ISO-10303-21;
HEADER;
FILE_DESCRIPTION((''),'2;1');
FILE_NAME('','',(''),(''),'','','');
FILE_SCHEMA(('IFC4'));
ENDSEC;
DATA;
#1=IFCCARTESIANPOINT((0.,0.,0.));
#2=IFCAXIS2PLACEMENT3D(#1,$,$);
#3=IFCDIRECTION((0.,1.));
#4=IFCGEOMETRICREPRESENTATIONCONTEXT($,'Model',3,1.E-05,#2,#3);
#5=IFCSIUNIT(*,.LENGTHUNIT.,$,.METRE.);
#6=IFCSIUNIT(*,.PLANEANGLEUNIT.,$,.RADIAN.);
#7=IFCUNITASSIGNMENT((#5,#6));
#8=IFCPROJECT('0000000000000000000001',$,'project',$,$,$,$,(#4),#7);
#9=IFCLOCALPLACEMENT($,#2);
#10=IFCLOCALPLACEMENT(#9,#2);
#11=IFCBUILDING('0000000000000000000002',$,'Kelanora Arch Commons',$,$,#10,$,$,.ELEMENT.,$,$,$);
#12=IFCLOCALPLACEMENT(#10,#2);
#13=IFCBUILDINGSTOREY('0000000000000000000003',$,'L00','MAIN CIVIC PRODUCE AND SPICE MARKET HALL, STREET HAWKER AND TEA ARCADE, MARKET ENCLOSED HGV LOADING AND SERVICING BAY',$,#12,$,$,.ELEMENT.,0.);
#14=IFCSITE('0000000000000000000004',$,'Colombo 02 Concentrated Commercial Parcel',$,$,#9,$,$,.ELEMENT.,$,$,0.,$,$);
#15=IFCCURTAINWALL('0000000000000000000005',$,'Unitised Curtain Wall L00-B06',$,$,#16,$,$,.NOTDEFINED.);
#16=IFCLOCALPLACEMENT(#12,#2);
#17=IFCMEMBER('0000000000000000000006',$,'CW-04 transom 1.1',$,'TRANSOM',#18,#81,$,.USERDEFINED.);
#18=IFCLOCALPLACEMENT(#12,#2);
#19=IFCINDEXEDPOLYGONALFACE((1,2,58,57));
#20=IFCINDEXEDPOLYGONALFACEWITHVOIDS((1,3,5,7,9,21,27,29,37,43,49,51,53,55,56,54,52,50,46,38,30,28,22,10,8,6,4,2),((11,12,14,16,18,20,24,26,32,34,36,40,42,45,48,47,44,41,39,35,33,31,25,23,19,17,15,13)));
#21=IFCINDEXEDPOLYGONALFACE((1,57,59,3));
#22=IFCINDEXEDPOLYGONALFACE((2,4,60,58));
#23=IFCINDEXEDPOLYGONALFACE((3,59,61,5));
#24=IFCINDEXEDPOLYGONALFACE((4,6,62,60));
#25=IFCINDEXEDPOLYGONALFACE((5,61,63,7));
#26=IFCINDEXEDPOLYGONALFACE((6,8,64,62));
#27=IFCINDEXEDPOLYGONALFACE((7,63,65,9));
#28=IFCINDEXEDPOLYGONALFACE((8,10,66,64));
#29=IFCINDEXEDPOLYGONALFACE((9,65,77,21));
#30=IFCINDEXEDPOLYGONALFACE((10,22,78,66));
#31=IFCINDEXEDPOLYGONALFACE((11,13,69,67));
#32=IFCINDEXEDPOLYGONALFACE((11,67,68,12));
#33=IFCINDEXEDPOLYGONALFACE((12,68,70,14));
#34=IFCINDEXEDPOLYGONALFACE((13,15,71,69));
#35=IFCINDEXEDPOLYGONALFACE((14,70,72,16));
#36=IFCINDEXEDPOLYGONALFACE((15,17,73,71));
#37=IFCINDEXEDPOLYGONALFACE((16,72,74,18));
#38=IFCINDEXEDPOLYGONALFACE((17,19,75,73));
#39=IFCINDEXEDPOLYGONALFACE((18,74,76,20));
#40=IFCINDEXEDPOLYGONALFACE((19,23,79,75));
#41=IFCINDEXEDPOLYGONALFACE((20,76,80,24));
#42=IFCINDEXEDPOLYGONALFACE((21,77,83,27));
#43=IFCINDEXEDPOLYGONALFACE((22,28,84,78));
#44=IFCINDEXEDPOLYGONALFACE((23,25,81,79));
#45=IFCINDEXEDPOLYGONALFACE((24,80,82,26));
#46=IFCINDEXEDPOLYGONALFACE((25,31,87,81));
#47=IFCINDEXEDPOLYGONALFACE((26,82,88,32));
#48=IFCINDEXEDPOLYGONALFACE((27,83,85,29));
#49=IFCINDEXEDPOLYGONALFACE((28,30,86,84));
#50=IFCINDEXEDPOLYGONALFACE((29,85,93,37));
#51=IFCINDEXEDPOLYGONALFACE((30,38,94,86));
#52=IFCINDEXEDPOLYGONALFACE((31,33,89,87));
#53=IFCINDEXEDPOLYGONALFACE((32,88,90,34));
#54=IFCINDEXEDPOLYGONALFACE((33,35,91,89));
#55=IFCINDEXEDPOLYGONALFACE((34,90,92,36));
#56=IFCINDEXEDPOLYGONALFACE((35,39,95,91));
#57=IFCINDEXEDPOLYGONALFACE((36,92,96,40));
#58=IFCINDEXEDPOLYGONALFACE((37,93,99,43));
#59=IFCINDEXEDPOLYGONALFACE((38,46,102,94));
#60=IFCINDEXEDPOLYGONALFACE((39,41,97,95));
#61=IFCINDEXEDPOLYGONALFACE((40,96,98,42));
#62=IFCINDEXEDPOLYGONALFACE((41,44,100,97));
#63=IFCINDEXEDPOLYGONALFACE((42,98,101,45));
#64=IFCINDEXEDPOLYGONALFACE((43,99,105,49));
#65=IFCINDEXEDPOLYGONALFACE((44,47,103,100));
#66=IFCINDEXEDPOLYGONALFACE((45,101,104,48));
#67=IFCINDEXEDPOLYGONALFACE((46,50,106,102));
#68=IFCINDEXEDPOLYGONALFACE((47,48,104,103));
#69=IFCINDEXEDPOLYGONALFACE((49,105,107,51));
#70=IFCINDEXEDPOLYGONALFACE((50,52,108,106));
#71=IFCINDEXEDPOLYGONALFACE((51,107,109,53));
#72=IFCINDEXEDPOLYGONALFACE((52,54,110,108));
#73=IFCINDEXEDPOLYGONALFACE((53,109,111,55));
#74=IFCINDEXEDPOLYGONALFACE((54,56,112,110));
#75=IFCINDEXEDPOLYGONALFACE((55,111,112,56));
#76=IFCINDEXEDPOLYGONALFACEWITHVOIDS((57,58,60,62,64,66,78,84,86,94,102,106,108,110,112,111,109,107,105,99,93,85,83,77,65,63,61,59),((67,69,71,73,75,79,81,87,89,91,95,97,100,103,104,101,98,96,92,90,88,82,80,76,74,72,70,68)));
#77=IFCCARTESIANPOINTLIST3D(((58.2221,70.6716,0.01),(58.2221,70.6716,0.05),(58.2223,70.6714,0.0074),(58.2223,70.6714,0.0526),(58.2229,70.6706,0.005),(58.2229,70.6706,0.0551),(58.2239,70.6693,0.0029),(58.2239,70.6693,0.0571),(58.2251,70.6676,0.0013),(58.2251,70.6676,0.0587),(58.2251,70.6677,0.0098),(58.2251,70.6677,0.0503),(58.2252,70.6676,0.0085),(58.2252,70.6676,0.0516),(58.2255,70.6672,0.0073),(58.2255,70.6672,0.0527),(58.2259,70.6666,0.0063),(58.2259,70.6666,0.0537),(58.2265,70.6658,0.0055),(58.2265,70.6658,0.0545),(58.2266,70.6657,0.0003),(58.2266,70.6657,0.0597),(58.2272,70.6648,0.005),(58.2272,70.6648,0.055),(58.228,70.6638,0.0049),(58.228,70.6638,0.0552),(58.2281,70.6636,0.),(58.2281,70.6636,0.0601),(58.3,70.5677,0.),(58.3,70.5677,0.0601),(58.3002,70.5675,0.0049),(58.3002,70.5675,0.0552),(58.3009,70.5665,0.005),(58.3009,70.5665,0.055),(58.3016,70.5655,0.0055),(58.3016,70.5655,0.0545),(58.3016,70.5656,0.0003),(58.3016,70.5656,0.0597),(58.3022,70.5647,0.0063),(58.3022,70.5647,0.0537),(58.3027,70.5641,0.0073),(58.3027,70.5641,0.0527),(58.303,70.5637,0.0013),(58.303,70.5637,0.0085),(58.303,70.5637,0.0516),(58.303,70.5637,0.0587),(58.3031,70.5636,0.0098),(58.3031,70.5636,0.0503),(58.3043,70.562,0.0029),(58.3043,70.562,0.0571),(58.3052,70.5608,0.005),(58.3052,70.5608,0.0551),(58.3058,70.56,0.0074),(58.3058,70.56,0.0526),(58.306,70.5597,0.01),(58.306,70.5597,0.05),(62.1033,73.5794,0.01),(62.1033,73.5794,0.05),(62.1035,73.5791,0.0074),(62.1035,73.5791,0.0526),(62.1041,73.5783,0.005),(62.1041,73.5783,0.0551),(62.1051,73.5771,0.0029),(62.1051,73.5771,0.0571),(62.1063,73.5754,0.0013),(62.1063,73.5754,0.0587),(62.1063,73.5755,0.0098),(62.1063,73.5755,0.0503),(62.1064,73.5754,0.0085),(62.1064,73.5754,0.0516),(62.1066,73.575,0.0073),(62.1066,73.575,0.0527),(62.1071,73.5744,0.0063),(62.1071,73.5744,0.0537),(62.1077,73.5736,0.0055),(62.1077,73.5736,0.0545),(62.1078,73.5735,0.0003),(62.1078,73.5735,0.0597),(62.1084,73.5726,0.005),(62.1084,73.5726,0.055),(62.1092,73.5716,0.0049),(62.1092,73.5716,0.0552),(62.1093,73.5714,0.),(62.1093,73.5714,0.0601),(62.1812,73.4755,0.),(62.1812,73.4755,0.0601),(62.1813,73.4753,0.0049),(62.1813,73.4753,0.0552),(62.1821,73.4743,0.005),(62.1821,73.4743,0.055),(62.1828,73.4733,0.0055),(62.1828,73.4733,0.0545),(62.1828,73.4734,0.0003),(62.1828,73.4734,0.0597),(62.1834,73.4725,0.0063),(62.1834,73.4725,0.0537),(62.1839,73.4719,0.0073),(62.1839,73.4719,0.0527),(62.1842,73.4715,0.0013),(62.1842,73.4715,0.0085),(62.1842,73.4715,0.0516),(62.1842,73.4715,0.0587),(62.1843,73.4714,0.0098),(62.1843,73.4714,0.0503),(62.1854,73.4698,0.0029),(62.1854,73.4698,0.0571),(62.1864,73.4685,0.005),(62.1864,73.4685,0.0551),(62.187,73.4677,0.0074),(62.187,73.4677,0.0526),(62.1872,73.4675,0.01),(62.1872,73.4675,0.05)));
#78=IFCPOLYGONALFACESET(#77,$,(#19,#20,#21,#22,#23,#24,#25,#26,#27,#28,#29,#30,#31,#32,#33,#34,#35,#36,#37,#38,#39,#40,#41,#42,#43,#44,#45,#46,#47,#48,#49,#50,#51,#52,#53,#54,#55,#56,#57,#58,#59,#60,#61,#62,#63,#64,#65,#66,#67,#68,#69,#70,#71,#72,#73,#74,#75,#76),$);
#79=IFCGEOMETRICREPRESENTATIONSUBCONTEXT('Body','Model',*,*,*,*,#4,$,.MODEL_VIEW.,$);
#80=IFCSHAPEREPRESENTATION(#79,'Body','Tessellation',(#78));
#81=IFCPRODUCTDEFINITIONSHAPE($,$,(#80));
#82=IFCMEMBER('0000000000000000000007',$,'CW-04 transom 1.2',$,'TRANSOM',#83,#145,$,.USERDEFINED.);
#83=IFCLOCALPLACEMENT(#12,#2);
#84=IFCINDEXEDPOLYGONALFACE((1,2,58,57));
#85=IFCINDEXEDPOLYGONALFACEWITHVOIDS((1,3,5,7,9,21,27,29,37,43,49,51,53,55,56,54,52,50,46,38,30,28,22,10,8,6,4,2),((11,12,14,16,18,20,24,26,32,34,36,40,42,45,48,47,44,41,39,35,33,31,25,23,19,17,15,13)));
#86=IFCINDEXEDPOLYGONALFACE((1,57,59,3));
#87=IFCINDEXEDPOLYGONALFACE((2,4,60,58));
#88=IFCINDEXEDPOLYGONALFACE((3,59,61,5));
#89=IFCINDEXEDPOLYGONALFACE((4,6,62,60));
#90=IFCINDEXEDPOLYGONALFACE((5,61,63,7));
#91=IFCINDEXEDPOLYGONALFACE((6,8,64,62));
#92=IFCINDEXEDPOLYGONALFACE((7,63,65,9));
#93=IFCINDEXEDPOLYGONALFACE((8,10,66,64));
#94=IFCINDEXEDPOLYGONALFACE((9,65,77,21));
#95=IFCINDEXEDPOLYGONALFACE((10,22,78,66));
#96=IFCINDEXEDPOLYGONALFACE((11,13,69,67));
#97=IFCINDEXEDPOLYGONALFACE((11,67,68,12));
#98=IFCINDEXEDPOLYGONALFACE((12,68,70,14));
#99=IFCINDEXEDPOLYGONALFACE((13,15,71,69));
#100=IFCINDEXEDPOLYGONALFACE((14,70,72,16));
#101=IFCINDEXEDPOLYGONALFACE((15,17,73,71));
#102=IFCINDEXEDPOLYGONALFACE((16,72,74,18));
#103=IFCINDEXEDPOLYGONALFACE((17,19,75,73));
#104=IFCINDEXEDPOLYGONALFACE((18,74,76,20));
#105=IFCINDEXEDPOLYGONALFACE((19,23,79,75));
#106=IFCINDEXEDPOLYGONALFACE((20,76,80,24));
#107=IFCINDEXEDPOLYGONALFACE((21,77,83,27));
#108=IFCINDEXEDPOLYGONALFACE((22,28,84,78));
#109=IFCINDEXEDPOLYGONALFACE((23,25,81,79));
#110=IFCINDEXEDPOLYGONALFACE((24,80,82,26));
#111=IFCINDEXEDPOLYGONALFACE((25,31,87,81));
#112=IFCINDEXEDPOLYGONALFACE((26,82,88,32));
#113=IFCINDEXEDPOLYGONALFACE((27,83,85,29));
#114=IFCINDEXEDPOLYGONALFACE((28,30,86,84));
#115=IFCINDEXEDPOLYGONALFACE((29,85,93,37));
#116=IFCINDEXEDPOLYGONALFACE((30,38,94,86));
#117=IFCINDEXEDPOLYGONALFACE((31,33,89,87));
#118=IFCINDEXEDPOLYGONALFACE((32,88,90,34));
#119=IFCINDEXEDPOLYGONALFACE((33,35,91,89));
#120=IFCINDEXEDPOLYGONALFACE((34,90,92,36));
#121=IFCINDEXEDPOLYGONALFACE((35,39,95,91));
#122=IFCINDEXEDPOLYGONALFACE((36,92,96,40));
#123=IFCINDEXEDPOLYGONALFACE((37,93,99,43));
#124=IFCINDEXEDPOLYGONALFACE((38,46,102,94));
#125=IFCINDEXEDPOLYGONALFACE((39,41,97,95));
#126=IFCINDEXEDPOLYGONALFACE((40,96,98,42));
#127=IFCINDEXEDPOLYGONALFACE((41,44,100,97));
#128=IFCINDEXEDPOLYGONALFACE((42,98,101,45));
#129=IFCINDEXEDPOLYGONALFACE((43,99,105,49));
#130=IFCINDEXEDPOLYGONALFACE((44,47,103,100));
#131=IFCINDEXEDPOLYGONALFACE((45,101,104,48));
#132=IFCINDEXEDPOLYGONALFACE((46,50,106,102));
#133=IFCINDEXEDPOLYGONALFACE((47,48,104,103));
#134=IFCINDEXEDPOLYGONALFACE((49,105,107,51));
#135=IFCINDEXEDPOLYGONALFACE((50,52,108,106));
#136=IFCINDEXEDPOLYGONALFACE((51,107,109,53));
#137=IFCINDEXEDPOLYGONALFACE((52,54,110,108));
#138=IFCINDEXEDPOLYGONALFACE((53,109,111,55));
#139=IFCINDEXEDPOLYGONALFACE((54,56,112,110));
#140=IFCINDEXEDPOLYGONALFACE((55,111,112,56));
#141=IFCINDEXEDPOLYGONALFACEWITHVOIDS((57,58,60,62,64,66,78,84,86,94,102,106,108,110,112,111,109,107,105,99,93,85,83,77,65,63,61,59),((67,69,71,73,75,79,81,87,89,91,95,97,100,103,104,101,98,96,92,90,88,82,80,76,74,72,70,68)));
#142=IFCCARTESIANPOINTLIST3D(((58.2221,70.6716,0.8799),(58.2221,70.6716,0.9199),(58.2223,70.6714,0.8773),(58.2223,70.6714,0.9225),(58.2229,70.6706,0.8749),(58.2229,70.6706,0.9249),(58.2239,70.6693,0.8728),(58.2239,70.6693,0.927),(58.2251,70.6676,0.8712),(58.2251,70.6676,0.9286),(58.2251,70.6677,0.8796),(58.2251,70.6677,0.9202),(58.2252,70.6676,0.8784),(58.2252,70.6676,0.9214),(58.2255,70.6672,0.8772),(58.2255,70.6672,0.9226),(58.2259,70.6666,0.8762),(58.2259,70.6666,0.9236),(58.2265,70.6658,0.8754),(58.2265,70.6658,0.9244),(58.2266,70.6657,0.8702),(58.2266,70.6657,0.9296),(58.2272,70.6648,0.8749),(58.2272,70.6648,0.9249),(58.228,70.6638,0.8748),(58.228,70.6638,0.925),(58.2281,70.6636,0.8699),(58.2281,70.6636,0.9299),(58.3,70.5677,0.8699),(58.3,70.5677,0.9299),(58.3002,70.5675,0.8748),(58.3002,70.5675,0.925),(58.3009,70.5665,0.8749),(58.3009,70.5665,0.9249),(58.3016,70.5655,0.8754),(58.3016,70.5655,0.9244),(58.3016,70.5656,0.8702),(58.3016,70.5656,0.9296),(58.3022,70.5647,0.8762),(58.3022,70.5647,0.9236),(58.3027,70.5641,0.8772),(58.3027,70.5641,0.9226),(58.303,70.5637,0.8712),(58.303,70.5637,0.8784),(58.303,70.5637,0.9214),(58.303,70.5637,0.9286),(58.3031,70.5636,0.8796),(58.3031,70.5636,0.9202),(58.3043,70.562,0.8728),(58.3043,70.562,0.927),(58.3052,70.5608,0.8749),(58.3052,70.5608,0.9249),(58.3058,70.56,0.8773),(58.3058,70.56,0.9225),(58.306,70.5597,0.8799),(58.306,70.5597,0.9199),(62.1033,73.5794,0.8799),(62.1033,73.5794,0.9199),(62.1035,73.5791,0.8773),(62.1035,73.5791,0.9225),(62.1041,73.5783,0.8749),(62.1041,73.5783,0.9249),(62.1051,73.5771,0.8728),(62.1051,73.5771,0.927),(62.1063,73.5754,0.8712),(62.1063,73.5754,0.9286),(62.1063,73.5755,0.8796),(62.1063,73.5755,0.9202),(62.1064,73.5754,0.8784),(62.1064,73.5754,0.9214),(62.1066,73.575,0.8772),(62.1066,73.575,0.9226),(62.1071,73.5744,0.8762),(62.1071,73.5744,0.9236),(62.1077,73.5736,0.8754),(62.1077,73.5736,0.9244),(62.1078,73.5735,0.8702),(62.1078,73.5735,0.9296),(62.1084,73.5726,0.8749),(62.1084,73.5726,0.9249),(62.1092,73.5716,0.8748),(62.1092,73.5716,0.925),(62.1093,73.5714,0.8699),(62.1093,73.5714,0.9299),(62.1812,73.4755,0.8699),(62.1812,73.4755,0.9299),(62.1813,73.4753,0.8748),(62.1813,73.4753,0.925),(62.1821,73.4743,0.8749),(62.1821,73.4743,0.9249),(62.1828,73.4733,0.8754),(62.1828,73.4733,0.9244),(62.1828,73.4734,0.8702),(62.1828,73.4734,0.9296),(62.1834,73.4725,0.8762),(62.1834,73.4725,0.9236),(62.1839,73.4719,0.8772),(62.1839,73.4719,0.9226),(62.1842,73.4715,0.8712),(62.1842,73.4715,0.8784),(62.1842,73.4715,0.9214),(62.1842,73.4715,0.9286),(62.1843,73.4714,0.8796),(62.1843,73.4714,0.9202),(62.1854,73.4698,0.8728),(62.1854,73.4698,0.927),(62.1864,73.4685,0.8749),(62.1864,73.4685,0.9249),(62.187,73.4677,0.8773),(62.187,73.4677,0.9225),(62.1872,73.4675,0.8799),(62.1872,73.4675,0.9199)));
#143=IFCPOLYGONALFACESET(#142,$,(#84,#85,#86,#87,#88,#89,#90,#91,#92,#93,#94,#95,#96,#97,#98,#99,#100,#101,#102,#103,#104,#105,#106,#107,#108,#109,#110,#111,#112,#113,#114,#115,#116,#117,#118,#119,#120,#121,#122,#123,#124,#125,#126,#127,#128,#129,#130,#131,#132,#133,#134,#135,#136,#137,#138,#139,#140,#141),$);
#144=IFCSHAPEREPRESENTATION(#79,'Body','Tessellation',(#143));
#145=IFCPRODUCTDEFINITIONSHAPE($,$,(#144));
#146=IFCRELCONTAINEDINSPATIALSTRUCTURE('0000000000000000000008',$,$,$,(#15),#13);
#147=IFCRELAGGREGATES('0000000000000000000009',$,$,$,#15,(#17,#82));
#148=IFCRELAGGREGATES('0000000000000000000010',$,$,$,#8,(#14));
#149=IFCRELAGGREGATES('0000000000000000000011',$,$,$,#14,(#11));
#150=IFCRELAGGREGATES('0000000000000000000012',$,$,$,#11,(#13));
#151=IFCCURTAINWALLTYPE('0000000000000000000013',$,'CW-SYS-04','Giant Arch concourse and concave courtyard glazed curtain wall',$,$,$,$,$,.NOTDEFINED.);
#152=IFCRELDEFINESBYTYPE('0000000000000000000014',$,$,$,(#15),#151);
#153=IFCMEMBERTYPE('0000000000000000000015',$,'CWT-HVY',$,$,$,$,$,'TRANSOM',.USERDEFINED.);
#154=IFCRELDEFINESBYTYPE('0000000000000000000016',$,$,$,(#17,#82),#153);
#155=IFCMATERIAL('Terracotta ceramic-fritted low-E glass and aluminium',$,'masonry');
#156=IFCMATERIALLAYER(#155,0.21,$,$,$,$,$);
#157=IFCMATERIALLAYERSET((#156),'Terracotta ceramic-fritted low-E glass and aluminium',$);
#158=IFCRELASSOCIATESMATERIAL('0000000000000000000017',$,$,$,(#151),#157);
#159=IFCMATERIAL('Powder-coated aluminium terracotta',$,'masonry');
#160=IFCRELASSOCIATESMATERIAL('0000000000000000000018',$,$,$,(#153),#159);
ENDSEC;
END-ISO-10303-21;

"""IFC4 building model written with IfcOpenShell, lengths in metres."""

from ifc_helpers import new_model, si_unit, direction, frame, origin, origin_2d, place, context, subcontext, project, spatial, hollow_rectangle, extrude, material, layer, layer_set, material_profile, profile_set, type_object, element, aggregate, save


model = new_model("IFC4")

# Units and contexts
model_context = context("Model", 3, precision=1e-05, world=origin(), true_north=direction((0.0, 1.0)))
body_context = subcontext(model_context, "Body", "Model", "MODEL_VIEW")
ifc_project = project(units=[si_unit("LENGTHUNIT", "METRE"), si_unit("PLANEANGLEUNIT", "RADIAN")], contexts=[model_context])

# Site, building, storey
site_placement = place(None, origin())
site = spatial("IfcSite", under=ifc_project, at=site_placement, Name="Colombo 02 Concentrated Commercial Parcel", CompositionType="ELEMENT", RefElevation=0.0)
building_placement = place(site_placement, origin())
building = spatial("IfcBuilding", under=site, at=building_placement, Name="Kelanora Arch Commons", CompositionType="ELEMENT")
storey_placement = place(building_placement, origin())
storey = spatial("IfcBuildingStorey", under=building, at=storey_placement, Name="L00", Description="MAIN CIVIC PRODUCE AND SPICE MARKET HALL, STREET HAWKER AND TEA ARCADE, MARKET ENCLOSED HGV LOADING AND SERVICING BAY", CompositionType="ELEMENT", Elevation=0.0)

# Curtain wall, members
ifc_material_1 = material(Name="Terracotta ceramic-fritted low-E glass and aluminium", Category="masonry")
ifc_layer_1 = layer(ifc_material_1, 0.21)
ifc_layer_set_1 = layer_set([ifc_layer_1], Name="Terracotta ceramic-fritted low-E glass and aluminium")
curtain_wall_type = type_object("IfcCurtainWallType", Name="CW-SYS-04", Description="Giant Arch concourse and concave courtyard glazed curtain wall", PredefinedType="NOTDEFINED", material=ifc_layer_set_1)
curtain_wall_placement = place(storey_placement, origin())
curtain_wall = element("IfcCurtainWall", 1, at=curtain_wall_placement, inside=storey, type_object=curtain_wall_type, Name="Unitised Curtain Wall L00-B06", PredefinedType="NOTDEFINED")
ifc_material_2 = material(Name="Powder-coated aluminium terracotta", Category="masonry")
ifc_material_profile_1 = material_profile(ifc_material_2, hollow_rectangle(XDim=0.1399, YDim=0.0601, WallThickness=0.0049, InnerFilletRadius=0.0049, OuterFilletRadius=0.01, at=origin_2d()), Name="CWT140x60")
ifc_profile_set_1 = profile_set([ifc_material_profile_1], Name="Powder-coated aluminium terracotta")
member_type_1 = type_object("IfcMemberType", Name="CWT-HVY", ElementType="TRANSOM", PredefinedType="USERDEFINED", material=ifc_profile_set_1)
member_1_placement = place(storey_placement, frame((62.1453, 73.5234, 0.03), z_axis=(-0.800308, -0.599589, 0.0), x_axis=(0.599589, -0.800308, 0.0)))
member_1 = element("IfcMember", 2, at=member_1_placement, type_object=member_type_1, Name="CW-04 transom 1.1", ObjectType="TRANSOM", PredefinedType="USERDEFINED", context=body_context, shape_type="SweptSolid", body=[
    extrude(hollow_rectangle(XDim=0.1399, YDim=0.0601, WallThickness=0.0049, InnerFilletRadius=0.0049, OuterFilletRadius=0.01, at=origin_2d()), origin(), (0.0, 0.0, 1.0), 4.8496),
])
member_2_placement = place(storey_placement, frame((62.1453, 73.5234, 0.8999), z_axis=(-0.800308, -0.599589, 0.0), x_axis=(0.599589, -0.800308, 0.0)))
member_2 = element("IfcMember", 3, at=member_2_placement, type_object=member_type_1, Name="CW-04 transom 1.2", ObjectType="TRANSOM", PredefinedType="USERDEFINED", context=body_context, shape_type="SweptSolid", body=[
    extrude(hollow_rectangle(XDim=0.1399, YDim=0.0601, WallThickness=0.0049, InnerFilletRadius=0.0049, OuterFilletRadius=0.01, at=origin_2d()), origin(), (0.0, 0.0, 1.0), 4.8496),
])
aggregate(curtain_wall, [member_1, member_2])

save(model, "model.ifc")
